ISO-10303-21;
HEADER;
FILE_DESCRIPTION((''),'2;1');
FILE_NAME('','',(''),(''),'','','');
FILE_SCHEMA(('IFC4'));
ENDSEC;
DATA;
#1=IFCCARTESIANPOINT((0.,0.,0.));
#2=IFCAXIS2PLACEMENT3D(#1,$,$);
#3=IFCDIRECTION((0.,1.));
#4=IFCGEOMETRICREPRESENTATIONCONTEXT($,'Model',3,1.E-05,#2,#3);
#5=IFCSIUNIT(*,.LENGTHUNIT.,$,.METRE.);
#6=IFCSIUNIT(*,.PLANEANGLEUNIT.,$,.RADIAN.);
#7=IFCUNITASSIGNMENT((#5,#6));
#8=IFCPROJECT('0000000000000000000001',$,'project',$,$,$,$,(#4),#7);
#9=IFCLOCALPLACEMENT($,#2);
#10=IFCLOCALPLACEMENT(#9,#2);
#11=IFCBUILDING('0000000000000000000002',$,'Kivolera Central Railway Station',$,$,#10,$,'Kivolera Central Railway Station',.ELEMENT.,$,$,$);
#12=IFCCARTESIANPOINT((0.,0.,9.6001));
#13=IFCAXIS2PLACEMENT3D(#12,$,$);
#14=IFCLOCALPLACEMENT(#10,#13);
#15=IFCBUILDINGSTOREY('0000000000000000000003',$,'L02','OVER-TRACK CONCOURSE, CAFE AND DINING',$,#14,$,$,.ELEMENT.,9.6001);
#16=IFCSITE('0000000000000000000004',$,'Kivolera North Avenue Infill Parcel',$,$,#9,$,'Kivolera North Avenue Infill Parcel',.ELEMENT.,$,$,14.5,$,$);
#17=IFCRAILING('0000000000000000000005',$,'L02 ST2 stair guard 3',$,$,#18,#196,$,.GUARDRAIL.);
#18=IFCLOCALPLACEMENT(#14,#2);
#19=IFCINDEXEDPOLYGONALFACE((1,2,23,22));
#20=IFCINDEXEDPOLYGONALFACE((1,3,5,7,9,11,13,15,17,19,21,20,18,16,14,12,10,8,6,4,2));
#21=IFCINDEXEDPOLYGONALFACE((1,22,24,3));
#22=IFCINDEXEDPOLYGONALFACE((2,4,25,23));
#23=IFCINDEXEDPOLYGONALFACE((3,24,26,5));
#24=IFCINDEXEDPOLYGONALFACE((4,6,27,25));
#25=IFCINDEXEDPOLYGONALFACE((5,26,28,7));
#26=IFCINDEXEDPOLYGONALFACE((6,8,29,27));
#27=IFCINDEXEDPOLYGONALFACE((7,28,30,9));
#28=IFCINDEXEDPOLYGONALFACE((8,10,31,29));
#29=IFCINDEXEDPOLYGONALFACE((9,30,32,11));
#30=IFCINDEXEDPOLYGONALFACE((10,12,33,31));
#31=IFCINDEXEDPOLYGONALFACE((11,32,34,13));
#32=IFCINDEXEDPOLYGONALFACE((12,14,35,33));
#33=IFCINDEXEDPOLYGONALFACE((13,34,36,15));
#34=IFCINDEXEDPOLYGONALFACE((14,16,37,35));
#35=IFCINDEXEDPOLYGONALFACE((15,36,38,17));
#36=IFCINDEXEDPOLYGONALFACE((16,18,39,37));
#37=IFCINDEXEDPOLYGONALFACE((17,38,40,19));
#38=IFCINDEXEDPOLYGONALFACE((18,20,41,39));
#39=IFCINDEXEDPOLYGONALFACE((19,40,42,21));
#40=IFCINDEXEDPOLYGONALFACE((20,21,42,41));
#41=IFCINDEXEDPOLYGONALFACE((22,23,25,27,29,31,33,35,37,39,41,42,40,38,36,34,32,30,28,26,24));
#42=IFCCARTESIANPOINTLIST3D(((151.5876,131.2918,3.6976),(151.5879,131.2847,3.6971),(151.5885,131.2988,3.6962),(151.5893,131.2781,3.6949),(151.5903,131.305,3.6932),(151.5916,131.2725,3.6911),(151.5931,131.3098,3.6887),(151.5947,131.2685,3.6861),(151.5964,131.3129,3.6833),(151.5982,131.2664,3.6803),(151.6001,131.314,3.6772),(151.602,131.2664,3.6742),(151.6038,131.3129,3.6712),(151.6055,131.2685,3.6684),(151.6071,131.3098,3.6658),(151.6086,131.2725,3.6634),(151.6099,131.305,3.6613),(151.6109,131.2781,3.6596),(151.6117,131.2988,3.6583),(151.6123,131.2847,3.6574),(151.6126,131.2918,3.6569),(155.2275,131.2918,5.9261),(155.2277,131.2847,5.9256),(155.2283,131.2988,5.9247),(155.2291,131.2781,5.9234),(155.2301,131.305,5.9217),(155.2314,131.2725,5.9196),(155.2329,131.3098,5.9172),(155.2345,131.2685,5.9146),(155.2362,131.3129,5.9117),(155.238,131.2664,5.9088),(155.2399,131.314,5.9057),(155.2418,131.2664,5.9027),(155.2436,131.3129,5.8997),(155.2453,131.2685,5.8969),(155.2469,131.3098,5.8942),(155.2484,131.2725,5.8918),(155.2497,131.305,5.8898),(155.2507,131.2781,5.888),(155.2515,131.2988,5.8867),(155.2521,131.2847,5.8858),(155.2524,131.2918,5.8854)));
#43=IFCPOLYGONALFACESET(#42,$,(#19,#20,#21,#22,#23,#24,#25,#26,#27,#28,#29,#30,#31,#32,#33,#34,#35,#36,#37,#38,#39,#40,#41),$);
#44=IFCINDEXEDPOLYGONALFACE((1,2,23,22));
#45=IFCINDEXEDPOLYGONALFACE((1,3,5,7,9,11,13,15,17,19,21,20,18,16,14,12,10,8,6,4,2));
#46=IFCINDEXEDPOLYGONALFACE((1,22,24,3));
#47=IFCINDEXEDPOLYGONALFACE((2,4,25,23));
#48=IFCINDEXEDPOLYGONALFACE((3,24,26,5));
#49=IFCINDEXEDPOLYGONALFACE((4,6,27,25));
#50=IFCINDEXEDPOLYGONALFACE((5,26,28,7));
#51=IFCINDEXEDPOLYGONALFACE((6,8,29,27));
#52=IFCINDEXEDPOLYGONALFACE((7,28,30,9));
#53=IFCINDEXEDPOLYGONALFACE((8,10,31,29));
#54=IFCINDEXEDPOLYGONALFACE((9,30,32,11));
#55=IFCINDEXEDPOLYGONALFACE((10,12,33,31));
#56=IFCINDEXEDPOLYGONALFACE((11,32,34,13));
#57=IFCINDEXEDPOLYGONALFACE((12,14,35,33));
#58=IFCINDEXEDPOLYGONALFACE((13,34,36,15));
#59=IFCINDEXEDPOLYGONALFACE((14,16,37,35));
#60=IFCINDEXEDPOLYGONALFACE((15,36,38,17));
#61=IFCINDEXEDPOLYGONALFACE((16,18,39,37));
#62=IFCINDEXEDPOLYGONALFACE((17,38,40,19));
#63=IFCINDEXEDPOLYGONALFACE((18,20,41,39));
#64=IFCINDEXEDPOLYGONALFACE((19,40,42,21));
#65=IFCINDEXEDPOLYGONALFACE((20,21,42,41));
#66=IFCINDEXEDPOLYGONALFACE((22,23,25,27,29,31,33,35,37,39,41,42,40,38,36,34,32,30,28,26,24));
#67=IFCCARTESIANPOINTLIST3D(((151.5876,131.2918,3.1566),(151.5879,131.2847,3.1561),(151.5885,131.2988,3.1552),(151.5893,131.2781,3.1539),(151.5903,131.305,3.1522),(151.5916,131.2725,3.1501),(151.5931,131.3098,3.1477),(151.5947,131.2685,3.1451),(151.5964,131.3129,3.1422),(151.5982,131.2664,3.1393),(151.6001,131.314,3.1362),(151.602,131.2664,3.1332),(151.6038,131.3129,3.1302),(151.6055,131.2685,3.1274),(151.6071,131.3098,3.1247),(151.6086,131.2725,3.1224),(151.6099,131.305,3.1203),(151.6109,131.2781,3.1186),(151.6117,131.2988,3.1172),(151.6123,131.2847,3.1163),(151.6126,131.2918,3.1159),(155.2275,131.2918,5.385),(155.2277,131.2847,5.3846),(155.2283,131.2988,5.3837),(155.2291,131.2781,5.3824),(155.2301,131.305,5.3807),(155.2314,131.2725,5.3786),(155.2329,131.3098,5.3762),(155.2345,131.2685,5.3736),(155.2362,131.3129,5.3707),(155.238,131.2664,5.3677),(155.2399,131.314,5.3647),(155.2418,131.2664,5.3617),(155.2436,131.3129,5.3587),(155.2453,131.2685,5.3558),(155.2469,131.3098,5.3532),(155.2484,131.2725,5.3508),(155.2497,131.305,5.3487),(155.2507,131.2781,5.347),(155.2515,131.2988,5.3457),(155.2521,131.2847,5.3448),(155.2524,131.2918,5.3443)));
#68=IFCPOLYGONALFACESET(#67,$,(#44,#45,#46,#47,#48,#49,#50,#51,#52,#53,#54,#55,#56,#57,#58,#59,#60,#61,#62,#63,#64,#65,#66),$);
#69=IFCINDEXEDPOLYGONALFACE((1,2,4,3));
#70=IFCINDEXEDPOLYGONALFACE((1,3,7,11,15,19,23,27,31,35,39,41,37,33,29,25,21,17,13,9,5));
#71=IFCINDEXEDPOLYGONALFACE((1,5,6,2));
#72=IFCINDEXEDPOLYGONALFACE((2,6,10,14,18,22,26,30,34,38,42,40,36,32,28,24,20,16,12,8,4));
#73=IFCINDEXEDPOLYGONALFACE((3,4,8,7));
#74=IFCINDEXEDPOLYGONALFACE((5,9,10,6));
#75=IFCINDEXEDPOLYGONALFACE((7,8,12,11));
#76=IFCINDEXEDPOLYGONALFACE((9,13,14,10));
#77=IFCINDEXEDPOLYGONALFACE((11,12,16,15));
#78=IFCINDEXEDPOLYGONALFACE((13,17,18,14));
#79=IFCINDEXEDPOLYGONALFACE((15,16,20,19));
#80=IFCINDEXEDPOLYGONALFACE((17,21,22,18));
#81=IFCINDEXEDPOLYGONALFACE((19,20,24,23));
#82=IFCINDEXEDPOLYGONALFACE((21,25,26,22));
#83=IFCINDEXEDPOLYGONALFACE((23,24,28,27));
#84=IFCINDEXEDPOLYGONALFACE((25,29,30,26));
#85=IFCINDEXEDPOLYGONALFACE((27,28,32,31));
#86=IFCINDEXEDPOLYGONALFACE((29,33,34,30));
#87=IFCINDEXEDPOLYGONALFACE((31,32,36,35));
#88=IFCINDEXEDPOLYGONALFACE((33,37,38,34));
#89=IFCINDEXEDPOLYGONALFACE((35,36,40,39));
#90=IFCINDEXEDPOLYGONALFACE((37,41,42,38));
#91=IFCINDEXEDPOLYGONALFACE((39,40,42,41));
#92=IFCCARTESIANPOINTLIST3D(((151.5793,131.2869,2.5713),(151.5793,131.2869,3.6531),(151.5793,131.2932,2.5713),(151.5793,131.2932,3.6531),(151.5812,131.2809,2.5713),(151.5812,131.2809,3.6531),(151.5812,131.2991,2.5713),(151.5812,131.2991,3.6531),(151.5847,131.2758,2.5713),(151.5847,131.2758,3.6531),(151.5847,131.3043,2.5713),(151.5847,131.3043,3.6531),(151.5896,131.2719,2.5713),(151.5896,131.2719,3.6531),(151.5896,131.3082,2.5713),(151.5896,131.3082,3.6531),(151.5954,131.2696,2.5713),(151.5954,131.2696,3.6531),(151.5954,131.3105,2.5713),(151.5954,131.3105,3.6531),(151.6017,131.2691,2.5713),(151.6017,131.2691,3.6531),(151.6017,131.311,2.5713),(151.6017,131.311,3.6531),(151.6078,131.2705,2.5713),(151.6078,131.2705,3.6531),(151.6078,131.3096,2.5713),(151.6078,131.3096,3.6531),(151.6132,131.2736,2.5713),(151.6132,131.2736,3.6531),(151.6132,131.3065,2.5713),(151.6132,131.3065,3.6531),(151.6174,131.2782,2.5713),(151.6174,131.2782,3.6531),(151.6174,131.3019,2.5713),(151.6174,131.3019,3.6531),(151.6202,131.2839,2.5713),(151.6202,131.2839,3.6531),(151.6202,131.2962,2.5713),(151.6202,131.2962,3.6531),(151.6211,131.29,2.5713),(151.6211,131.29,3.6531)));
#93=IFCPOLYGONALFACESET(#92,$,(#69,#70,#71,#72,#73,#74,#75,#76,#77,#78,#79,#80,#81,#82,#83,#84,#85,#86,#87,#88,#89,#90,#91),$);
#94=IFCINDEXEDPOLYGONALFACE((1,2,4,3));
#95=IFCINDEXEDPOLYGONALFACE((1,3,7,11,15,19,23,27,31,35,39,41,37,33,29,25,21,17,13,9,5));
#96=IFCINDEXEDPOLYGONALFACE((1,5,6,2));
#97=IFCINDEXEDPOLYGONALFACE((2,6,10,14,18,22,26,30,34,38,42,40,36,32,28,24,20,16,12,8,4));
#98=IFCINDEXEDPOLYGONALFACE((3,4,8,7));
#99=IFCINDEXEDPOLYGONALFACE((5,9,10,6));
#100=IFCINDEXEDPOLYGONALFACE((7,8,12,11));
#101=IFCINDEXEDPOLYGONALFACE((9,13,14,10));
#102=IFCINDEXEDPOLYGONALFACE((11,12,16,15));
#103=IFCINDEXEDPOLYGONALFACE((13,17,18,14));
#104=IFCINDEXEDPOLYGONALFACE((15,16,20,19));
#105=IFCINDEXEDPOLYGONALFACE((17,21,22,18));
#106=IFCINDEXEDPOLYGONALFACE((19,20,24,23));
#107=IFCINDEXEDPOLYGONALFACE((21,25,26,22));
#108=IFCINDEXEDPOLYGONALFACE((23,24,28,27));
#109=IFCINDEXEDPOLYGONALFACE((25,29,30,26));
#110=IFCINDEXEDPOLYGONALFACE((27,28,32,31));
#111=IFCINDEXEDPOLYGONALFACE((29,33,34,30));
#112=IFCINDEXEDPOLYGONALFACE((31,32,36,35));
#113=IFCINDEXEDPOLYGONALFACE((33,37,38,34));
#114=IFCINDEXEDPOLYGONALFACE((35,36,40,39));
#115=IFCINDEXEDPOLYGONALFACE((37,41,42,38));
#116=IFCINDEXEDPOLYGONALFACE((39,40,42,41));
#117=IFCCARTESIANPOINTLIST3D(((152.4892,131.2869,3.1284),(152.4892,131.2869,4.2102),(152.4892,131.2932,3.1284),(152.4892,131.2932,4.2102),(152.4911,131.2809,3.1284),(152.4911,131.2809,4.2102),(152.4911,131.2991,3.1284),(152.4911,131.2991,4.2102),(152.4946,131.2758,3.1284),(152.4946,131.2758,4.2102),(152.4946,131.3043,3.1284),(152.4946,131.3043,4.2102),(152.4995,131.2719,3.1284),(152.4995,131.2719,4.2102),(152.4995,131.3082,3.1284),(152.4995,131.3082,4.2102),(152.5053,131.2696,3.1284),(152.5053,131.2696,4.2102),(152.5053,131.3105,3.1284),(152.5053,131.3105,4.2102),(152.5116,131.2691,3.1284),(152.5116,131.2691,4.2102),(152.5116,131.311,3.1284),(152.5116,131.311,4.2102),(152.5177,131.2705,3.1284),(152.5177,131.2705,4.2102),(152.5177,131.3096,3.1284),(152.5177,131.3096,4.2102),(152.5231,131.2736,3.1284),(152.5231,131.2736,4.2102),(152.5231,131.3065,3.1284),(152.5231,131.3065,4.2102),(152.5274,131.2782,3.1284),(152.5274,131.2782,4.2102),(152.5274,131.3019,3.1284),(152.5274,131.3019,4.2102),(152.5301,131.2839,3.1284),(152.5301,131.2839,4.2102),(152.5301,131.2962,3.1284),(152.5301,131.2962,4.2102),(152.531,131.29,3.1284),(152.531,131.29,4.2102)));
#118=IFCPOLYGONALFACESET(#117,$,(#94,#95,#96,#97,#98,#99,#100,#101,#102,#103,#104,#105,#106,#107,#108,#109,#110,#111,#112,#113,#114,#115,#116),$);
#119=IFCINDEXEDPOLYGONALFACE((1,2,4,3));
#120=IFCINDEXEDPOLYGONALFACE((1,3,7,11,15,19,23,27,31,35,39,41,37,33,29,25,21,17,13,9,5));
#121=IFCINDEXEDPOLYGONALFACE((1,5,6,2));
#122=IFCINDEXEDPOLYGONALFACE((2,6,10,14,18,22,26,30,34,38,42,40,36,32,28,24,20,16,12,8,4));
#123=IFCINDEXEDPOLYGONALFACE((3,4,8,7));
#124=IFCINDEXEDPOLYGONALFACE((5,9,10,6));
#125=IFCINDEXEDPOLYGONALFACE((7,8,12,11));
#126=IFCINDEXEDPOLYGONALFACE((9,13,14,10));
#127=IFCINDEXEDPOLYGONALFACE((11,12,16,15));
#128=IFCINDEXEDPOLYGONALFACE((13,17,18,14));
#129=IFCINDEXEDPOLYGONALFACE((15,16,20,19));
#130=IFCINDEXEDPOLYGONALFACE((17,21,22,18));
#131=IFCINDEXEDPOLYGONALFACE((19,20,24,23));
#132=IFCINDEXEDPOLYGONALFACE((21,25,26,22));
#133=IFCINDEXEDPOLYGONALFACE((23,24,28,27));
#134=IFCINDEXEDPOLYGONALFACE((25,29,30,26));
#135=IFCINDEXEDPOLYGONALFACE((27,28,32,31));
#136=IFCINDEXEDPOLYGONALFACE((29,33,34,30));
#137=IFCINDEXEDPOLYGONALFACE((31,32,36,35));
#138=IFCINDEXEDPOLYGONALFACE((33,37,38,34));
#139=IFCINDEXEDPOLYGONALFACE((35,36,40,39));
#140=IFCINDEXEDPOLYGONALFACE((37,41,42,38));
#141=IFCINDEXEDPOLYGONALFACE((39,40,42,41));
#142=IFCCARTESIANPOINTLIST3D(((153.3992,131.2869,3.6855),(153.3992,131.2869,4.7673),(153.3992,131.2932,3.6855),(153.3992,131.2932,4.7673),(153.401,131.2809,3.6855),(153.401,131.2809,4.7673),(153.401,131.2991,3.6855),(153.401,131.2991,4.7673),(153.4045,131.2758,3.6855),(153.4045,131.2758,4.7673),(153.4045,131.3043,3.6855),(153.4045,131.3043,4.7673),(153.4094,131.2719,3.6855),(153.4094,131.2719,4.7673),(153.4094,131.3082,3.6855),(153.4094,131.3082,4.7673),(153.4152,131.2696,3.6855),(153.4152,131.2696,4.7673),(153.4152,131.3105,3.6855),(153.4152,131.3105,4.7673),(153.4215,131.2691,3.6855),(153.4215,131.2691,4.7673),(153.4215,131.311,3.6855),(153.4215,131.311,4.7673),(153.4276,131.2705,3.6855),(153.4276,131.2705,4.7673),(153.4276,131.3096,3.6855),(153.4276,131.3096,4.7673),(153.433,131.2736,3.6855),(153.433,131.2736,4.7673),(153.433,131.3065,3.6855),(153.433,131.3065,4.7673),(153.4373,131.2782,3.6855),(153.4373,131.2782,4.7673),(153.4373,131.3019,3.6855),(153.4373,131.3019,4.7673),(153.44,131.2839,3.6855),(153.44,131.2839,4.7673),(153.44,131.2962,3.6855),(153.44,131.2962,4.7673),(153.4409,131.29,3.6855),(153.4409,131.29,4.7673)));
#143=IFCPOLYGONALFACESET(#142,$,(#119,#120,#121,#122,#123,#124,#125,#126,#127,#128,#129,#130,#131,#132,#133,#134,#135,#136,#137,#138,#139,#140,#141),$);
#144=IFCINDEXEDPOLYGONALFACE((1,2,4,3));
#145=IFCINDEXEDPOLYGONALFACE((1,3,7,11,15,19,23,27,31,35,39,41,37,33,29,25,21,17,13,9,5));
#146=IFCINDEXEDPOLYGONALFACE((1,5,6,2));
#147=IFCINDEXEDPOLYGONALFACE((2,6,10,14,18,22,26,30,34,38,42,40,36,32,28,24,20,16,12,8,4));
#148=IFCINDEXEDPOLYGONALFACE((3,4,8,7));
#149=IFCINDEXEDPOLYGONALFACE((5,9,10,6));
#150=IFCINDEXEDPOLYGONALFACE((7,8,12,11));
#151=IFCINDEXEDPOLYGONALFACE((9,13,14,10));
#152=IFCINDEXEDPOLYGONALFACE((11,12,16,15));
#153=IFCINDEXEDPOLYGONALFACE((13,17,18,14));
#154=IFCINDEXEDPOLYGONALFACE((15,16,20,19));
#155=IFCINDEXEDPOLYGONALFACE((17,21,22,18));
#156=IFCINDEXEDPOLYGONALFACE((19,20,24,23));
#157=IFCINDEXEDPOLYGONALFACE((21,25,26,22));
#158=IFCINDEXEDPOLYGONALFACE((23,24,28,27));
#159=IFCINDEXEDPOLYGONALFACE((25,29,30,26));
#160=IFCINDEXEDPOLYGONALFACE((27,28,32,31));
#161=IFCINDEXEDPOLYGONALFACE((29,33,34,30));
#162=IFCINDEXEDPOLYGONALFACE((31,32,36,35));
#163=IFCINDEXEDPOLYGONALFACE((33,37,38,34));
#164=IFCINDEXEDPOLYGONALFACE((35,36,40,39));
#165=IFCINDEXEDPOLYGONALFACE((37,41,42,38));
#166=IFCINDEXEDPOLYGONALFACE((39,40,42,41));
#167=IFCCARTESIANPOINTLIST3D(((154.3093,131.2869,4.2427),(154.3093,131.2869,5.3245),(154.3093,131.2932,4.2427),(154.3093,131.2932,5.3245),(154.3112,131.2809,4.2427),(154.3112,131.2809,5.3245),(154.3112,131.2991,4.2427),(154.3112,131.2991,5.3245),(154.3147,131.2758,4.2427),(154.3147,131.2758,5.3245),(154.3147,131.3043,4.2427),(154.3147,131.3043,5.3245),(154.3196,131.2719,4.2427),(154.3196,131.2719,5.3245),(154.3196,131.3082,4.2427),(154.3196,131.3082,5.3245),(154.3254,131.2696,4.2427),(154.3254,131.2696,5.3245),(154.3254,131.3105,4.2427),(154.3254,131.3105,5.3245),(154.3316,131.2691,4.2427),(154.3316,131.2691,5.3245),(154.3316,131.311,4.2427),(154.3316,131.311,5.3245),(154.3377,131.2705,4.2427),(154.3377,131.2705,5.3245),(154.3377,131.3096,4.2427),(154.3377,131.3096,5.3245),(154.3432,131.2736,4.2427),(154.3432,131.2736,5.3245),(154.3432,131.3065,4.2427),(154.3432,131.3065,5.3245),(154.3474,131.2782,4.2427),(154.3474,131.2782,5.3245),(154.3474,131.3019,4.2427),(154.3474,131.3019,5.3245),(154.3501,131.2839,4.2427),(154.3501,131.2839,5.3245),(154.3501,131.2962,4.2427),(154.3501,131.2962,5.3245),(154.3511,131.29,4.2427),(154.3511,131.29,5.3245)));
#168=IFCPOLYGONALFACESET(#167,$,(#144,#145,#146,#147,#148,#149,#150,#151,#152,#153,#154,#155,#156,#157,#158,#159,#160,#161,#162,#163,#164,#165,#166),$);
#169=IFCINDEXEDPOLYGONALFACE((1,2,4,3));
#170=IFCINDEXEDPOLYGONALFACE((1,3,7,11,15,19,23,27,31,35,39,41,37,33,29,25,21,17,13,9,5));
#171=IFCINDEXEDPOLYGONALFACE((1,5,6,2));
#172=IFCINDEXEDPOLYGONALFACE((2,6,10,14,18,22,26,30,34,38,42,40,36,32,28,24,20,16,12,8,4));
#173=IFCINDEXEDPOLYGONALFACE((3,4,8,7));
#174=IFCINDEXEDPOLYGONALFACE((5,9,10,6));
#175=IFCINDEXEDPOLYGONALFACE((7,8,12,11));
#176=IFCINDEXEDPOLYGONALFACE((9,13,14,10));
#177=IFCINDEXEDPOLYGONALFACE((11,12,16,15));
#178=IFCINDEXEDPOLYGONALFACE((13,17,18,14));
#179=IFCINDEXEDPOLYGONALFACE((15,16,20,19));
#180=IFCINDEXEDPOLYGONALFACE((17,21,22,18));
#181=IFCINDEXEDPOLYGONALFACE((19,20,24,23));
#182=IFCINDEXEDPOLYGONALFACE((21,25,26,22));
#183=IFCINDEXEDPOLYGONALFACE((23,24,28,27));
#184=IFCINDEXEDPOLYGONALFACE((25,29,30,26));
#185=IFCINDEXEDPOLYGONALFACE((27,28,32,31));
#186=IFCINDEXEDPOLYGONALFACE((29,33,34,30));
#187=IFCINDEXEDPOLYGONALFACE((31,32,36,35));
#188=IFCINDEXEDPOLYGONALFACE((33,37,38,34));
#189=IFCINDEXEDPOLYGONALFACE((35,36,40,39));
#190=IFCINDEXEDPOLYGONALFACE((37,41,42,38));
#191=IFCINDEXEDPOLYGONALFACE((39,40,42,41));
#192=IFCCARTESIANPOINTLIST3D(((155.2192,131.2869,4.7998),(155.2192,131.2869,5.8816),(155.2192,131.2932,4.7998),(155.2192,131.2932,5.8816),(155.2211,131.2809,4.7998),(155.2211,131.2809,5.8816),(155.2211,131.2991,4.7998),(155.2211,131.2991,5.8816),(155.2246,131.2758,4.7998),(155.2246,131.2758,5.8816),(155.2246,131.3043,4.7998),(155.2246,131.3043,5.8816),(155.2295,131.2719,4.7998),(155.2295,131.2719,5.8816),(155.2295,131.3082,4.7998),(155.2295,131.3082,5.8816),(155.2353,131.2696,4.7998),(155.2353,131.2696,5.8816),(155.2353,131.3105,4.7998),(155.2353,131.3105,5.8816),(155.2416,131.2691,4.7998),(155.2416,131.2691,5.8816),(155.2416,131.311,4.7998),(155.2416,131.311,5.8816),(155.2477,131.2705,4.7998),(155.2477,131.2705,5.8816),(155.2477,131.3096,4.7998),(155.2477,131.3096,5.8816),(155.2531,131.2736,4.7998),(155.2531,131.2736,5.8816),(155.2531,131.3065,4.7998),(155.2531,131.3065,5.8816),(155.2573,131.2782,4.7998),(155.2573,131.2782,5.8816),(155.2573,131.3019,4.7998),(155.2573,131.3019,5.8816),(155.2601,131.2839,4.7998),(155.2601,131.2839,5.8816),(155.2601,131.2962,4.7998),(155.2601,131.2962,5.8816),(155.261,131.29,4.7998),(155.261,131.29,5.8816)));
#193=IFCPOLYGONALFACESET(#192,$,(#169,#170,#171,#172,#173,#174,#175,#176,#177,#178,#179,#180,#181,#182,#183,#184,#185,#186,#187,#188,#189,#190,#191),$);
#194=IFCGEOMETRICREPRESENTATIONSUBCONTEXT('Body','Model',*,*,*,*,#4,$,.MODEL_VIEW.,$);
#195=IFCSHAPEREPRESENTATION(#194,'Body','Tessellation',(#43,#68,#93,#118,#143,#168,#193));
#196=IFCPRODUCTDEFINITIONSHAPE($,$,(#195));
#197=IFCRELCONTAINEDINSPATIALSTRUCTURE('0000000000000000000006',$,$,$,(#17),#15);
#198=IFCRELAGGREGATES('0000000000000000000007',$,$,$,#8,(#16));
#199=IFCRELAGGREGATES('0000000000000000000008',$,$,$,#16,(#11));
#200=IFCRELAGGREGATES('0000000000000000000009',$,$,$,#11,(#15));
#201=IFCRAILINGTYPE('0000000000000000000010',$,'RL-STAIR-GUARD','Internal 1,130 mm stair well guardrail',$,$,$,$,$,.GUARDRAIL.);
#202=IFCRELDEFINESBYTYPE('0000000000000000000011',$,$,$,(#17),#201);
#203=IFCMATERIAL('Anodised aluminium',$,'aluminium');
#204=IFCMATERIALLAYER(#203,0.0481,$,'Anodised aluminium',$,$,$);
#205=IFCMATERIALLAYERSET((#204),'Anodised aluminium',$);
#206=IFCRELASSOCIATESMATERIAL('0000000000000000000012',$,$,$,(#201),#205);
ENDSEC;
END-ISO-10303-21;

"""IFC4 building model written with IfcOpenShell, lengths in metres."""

from ifc_helpers import new_model, si_unit, direction, frame, origin, origin_2d, place, context, subcontext, project, spatial, circle, extrude, material, layer, layer_set, type_object, element, save


model = new_model("IFC4")

# Units and contexts
model_context = context("Model", 3, precision=1e-05, world=origin(), true_north=direction((0.0, 1.0)))
body_context = subcontext(model_context, "Body", "Model", "MODEL_VIEW")
ifc_project = project(units=[si_unit("LENGTHUNIT", "METRE"), si_unit("PLANEANGLEUNIT", "RADIAN")], contexts=[model_context])

# Site, building, storey
site_placement = place(None, origin())
site = spatial("IfcSite", under=ifc_project, at=site_placement, Name="Kivolera North Avenue Infill Parcel", LongName="Kivolera North Avenue Infill Parcel", CompositionType="ELEMENT", RefElevation=14.5)
building_placement = place(site_placement, origin())
building = spatial("IfcBuilding", under=site, at=building_placement, Name="Kivolera Central Railway Station", LongName="Kivolera Central Railway Station", CompositionType="ELEMENT")
storey_placement = place(building_placement, frame((0.0, 0.0, 9.6001)))
storey = spatial("IfcBuildingStorey", under=building, at=storey_placement, Name="L02", Description="OVER-TRACK CONCOURSE, CAFE AND DINING", CompositionType="ELEMENT", Elevation=9.6001)

# Shared definitions
ifc_material_1 = material(Name="Anodised aluminium", Category="aluminium")

# Railing
ifc_layer_1 = layer(ifc_material_1, 0.0481, Name="Anodised aluminium")
ifc_layer_set_1 = layer_set([ifc_layer_1], Name="Anodised aluminium")
railing_type_1 = type_object("IfcRailingType", Name="RL-STAIR-GUARD", Description="Internal 1,130 mm stair well guardrail", PredefinedType="GUARDRAIL", material=ifc_layer_set_1)
railing_1_placement = place(storey_placement, frame((151.6001, 131.29, 2.5713)))
element("IfcRailing", 1, at=railing_1_placement, inside=storey, type_object=railing_type_1, Name="L02 ST2 stair guard 3", PredefinedType="GUARDRAIL", context=body_context, shape_type="SweptSolid", body=[
    extrude(circle(Radius=0.0239, at=origin_2d()), frame((0.0, 0.0, 1.106), z_axis=(0.85285, 0.0, 0.522156), x_axis=(0.0, 1.0, 0.0)), (0.0, 0.0, 1.0), 4.2678),
    extrude(circle(Radius=0.0239, at=origin_2d()), frame((0.0, 0.0, 0.5649), z_axis=(0.85285, 0.0, 0.522156), x_axis=(0.0, 1.0, 0.0)), (0.0, 0.0, 1.0), 4.2678),
    extrude(circle(Radius=0.021, at=origin_2d()), origin(), (0.0, 0.0, 1.0), 1.0818),
    extrude(circle(Radius=0.021, at=origin_2d()), frame((0.9099, 0.0, 0.5571)), (0.0, 0.0, 1.0), 1.0818),
    extrude(circle(Radius=0.021, at=origin_2d()), frame((1.8198, 0.0, 1.1143)), (0.0, 0.0, 1.0), 1.0818),
    extrude(circle(Radius=0.021, at=origin_2d()), frame((2.73, 0.0, 1.6714)), (0.0, 0.0, 1.0), 1.0818),
    extrude(circle(Radius=0.021, at=origin_2d()), frame((3.6399, 0.0, 2.2285)), (0.0, 0.0, 1.0), 1.0818),
])

save(model, "model.ifc")
